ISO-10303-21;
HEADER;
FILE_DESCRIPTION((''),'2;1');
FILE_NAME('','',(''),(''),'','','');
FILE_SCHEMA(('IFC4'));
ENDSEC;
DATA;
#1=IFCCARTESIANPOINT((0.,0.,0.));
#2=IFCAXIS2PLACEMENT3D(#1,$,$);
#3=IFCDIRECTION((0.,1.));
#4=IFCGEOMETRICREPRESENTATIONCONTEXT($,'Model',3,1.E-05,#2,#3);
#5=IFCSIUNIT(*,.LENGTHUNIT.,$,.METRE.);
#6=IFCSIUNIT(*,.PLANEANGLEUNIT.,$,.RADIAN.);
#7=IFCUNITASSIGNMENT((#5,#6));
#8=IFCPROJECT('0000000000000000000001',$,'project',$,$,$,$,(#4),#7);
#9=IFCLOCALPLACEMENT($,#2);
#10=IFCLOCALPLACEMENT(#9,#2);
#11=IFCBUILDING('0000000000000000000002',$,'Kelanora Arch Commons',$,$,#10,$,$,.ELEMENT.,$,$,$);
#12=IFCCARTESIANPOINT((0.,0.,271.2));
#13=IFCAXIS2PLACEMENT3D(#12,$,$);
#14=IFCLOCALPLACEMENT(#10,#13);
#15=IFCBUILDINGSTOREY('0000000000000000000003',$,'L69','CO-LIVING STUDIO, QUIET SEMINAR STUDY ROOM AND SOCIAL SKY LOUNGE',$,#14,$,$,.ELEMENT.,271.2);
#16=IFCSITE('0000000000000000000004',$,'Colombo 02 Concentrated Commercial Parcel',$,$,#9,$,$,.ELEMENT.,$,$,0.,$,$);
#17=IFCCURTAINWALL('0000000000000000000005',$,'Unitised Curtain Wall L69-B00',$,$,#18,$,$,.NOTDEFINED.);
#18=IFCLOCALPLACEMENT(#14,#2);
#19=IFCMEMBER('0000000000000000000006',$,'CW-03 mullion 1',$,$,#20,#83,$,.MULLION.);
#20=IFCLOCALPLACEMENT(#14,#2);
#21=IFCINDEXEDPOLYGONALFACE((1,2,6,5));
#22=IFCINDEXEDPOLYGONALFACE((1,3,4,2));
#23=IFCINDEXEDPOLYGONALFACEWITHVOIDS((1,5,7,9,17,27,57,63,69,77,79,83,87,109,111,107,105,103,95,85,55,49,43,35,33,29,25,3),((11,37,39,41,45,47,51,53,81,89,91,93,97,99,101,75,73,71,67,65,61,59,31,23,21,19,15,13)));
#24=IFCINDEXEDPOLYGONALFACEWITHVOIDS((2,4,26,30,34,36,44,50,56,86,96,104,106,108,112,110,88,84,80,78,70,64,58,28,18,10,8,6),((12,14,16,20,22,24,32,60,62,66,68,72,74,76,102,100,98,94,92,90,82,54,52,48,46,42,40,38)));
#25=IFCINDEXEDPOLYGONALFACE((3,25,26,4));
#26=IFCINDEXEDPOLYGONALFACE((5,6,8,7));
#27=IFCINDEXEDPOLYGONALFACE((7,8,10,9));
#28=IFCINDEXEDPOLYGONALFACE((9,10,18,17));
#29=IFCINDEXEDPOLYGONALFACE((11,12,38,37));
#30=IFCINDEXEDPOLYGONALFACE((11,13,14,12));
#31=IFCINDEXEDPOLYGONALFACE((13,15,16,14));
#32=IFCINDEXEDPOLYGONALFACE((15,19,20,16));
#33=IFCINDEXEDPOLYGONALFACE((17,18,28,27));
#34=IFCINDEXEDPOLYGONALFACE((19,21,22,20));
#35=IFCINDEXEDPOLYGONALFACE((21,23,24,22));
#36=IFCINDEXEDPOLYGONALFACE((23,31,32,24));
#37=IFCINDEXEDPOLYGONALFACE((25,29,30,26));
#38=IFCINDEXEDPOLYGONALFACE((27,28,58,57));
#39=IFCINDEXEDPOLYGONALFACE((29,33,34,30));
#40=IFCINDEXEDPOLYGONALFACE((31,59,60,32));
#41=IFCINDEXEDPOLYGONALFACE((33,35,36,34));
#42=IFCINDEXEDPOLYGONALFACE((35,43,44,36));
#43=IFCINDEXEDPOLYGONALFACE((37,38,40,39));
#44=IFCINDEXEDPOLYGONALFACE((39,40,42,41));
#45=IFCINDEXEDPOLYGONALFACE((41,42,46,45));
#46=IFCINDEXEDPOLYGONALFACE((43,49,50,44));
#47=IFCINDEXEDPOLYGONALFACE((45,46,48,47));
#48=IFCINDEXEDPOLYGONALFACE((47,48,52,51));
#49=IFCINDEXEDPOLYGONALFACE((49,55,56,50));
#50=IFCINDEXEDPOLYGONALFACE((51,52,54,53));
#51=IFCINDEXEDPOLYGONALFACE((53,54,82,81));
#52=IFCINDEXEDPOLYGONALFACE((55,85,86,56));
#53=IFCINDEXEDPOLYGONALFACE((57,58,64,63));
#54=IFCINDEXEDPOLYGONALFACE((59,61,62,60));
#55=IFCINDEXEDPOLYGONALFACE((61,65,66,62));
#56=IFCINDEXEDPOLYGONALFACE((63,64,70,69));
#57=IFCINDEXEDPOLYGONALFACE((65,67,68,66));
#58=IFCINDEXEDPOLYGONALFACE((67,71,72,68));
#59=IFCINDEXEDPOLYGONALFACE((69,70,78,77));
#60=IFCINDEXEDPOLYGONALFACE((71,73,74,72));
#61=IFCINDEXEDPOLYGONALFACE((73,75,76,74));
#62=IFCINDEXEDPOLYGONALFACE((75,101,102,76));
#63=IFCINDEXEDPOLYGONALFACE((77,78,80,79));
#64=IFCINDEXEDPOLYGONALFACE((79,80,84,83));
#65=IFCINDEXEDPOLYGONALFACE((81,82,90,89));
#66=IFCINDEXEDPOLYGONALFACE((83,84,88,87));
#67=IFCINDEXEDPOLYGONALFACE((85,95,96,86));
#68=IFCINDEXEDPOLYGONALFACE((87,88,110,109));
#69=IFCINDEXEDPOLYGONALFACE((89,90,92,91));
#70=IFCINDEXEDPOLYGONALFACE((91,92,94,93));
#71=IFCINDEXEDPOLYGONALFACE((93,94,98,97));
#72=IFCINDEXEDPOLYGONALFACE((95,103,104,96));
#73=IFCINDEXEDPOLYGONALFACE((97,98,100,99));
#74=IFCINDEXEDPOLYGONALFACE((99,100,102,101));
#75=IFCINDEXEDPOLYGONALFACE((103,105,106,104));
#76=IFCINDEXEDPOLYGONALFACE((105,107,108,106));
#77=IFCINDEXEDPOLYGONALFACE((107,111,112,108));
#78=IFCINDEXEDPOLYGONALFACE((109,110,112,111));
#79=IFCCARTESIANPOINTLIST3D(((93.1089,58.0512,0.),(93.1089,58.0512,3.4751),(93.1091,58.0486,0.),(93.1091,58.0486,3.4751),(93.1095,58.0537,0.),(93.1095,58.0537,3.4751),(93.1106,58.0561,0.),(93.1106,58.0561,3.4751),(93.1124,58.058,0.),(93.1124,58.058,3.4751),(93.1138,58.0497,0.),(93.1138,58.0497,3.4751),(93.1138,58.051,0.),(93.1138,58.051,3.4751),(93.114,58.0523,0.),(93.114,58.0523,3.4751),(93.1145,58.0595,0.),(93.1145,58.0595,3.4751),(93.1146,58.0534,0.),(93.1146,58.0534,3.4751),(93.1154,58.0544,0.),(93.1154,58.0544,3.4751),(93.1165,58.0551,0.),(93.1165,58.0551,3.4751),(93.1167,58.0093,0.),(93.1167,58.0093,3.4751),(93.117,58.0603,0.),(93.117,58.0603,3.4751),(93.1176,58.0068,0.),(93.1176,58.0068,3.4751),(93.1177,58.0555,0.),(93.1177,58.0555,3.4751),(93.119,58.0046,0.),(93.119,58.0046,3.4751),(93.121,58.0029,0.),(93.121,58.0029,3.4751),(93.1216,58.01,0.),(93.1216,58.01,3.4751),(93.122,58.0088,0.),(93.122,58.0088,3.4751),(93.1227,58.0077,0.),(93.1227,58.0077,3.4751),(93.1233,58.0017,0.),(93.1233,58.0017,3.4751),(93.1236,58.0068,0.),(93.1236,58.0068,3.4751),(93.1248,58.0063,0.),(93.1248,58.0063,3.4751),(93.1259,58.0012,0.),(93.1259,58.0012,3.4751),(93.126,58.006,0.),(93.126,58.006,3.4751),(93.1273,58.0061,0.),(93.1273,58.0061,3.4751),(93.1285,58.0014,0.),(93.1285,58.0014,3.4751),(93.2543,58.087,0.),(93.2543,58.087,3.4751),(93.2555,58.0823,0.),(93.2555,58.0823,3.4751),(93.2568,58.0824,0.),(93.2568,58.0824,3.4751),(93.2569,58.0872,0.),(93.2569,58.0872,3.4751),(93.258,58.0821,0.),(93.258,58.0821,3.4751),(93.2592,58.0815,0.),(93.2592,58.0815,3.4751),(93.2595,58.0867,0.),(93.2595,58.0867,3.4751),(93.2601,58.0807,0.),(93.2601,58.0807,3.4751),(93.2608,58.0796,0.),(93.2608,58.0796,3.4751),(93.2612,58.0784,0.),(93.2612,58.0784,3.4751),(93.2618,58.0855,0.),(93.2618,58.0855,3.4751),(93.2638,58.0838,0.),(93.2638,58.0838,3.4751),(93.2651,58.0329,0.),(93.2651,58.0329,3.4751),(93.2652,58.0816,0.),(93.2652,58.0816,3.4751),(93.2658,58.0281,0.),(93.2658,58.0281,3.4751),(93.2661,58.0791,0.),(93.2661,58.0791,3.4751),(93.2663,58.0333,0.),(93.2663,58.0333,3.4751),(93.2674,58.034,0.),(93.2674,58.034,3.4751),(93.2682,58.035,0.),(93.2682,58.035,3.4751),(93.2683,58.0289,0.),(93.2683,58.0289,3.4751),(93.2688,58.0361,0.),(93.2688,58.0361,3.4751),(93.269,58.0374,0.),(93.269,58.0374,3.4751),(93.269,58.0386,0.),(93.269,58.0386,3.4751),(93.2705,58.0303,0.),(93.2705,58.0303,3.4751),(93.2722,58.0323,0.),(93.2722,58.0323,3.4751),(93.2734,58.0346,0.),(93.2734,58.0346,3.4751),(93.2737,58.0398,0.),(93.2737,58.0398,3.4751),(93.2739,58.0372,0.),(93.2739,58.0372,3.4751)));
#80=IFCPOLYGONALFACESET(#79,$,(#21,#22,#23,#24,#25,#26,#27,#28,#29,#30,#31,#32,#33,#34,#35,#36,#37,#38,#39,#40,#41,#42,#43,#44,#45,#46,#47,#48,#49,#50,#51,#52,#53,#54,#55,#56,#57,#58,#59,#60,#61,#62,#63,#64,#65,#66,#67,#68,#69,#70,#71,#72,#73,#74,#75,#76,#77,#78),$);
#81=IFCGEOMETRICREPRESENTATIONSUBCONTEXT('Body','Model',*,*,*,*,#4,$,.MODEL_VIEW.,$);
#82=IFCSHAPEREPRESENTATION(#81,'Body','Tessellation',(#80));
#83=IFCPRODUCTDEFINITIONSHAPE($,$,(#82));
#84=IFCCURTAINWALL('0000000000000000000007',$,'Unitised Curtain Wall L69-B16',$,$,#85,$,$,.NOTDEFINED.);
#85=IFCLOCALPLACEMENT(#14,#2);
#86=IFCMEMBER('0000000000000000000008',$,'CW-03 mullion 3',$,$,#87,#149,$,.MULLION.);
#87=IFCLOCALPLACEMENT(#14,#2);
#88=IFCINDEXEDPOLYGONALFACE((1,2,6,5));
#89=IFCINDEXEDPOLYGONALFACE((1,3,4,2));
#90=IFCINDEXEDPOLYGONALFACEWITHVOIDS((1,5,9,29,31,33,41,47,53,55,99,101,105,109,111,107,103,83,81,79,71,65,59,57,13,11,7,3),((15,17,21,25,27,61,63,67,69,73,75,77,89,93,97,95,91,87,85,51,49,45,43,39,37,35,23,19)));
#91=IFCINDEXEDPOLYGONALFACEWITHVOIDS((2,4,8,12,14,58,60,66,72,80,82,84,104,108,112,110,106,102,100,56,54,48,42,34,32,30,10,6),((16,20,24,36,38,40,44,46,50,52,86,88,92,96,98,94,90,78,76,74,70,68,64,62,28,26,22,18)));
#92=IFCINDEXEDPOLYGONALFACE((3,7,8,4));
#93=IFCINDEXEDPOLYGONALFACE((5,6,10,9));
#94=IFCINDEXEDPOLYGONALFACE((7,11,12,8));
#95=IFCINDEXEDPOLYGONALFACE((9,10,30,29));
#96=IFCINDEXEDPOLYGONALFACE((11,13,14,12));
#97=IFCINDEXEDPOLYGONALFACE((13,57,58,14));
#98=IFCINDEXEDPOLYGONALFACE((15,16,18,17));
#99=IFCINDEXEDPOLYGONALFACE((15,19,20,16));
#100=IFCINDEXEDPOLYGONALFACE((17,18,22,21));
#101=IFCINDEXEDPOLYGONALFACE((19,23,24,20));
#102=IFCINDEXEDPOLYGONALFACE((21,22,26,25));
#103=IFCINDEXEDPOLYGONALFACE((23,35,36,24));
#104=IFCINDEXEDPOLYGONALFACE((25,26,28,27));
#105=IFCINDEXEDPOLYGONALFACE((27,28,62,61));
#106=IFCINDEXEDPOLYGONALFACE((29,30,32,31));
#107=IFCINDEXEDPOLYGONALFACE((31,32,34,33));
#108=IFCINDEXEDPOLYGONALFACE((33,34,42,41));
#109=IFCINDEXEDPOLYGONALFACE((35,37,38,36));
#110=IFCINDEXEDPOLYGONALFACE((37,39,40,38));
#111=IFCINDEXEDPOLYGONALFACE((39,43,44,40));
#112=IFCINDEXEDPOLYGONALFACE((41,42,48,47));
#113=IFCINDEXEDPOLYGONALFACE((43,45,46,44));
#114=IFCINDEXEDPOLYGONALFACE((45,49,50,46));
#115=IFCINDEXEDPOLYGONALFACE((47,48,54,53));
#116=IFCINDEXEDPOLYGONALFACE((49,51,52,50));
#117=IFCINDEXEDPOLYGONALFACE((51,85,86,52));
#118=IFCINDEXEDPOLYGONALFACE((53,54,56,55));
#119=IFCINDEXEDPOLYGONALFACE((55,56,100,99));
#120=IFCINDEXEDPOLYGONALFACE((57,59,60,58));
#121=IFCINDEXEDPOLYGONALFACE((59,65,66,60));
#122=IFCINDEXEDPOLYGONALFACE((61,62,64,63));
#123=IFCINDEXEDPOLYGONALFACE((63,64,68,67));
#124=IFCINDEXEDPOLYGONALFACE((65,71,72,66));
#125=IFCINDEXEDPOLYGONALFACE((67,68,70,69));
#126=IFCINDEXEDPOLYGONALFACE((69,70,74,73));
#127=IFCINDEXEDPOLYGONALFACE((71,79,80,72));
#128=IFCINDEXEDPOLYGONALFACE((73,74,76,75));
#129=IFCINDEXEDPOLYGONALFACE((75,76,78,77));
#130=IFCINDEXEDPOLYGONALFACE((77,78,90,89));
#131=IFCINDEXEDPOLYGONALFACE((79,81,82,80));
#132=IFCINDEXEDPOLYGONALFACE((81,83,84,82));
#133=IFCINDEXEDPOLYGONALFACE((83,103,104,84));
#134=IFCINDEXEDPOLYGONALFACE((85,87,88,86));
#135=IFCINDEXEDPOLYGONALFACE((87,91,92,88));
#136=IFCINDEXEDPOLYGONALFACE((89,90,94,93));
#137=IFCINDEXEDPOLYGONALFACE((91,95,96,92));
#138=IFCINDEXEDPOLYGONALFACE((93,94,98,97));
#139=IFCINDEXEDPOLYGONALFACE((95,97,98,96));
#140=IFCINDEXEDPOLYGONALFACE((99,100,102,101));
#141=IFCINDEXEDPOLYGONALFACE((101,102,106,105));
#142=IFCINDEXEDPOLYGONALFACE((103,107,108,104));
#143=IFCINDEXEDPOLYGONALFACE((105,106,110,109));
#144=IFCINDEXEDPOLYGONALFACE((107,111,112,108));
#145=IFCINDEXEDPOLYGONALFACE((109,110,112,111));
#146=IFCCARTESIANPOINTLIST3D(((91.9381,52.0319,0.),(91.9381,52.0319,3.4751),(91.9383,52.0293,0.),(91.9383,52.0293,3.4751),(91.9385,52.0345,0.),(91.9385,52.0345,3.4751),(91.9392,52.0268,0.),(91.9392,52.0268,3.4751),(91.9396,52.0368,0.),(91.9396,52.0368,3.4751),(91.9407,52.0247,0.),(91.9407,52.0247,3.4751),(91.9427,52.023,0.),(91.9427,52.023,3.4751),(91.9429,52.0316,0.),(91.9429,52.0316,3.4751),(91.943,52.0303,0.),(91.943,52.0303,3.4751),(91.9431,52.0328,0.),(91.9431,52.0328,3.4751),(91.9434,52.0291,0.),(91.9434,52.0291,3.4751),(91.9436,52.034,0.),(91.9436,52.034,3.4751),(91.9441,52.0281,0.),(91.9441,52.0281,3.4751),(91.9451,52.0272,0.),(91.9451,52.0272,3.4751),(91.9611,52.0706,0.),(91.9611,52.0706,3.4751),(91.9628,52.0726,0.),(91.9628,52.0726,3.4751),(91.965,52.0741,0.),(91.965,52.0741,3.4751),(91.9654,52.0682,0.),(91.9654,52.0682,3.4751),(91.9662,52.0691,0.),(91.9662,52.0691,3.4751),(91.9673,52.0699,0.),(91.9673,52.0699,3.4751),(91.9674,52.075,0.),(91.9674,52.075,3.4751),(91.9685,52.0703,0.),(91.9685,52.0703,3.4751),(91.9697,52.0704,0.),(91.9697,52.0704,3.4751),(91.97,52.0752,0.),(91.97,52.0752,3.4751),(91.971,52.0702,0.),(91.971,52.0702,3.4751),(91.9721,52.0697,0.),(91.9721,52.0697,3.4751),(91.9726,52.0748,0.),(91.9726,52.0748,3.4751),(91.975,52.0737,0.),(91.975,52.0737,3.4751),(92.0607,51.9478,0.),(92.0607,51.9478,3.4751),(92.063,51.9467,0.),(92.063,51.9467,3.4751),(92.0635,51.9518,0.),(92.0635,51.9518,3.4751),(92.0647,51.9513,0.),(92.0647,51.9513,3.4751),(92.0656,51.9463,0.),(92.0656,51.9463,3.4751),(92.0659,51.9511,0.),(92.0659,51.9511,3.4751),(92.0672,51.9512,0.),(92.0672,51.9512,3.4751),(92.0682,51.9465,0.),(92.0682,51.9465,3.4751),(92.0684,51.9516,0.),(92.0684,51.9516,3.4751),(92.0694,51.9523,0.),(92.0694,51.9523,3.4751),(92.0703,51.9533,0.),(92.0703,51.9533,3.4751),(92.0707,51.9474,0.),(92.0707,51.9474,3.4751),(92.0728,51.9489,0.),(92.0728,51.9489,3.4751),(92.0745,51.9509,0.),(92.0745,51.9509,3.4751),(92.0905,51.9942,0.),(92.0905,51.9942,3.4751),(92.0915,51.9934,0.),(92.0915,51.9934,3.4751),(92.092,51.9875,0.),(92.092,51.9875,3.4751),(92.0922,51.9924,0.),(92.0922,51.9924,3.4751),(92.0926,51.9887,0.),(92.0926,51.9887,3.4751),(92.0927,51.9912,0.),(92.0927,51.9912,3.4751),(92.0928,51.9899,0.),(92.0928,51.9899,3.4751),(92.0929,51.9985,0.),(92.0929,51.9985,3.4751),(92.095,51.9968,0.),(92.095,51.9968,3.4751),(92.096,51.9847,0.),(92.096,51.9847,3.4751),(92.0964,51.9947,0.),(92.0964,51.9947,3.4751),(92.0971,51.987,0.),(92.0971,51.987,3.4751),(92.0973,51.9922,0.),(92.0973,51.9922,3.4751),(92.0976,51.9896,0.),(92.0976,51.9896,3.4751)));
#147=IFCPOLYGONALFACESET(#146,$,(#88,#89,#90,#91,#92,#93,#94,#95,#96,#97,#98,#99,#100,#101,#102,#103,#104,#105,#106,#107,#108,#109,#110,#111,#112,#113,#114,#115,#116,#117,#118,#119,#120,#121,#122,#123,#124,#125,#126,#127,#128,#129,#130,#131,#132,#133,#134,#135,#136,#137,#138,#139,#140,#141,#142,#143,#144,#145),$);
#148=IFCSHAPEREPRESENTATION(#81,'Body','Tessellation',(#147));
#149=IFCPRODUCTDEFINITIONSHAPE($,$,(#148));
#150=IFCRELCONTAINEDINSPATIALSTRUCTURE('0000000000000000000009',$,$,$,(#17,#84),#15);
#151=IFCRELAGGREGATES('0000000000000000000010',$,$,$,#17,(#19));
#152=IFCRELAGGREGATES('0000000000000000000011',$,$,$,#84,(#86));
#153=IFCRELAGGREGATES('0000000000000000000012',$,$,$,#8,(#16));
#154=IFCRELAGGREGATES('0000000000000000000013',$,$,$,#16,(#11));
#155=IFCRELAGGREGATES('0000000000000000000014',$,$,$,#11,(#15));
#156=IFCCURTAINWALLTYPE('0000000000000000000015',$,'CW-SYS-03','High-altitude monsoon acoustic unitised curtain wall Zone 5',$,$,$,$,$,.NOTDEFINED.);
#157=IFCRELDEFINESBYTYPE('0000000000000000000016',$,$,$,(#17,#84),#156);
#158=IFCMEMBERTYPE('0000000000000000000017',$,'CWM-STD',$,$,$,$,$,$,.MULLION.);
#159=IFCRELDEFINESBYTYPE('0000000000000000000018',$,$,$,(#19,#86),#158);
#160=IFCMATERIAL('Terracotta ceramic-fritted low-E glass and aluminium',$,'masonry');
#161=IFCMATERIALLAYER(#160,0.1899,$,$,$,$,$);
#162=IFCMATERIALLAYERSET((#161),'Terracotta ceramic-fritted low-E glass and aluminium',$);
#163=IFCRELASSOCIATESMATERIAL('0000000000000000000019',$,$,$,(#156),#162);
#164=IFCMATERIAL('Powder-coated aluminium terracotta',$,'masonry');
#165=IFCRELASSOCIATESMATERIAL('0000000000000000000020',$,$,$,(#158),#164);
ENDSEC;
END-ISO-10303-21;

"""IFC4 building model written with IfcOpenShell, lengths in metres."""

from ifc_helpers import new_model, si_unit, direction, frame, origin, origin_2d, place, context, subcontext, project, spatial, hollow_rectangle, extrude, material, layer, layer_set, material_profile, profile_set, type_object, element, aggregate, save


model = new_model("IFC4")

# Units and contexts
model_context = context("Model", 3, precision=1e-05, world=origin(), true_north=direction((0.0, 1.0)))
body_context = subcontext(model_context, "Body", "Model", "MODEL_VIEW")
ifc_project = project(units=[si_unit("LENGTHUNIT", "METRE"), si_unit("PLANEANGLEUNIT", "RADIAN")], contexts=[model_context])

# Site, building, storey
site_placement = place(None, origin())
site = spatial("IfcSite", under=ifc_project, at=site_placement, Name="Colombo 02 Concentrated Commercial Parcel", CompositionType="ELEMENT", RefElevation=0.0)
building_placement = place(site_placement, origin())
building = spatial("IfcBuilding", under=site, at=building_placement, Name="Kelanora Arch Commons", CompositionType="ELEMENT")
storey_placement = place(building_placement, frame((0.0, 0.0, 271.2)))
storey = spatial("IfcBuildingStorey", under=building, at=storey_placement, Name="L69", Description="CO-LIVING STUDIO, QUIET SEMINAR STUDY ROOM AND SOCIAL SKY LOUNGE", CompositionType="ELEMENT", Elevation=271.2)

# Curtain walls, members
ifc_material_1 = material(Name="Terracotta ceramic-fritted low-E glass and aluminium", Category="masonry")
ifc_layer_1 = layer(ifc_material_1, 0.1899)
ifc_layer_set_1 = layer_set([ifc_layer_1], Name="Terracotta ceramic-fritted low-E glass and aluminium")
curtain_wall_type = type_object("IfcCurtainWallType", Name="CW-SYS-03", Description="High-altitude monsoon acoustic unitised curtain wall Zone 5", PredefinedType="NOTDEFINED", material=ifc_layer_set_1)
curtain_wall_1_placement = place(storey_placement, origin())
curtain_wall_1 = element("IfcCurtainWall", 1, at=curtain_wall_1_placement, inside=storey, type_object=curtain_wall_type, Name="Unitised Curtain Wall L69-B00", PredefinedType="NOTDEFINED")
ifc_material_2 = material(Name="Powder-coated aluminium terracotta", Category="masonry")
ifc_material_profile_1 = material_profile(ifc_material_2, hollow_rectangle(XDim=0.1599, YDim=0.0601, WallThickness=0.0049, InnerFilletRadius=0.0049, OuterFilletRadius=0.01, at=origin_2d()), Name="CWM160x60")
ifc_profile_set_1 = profile_set([ifc_material_profile_1], Name="Powder-coated aluminium terracotta")
member_type_1 = type_object("IfcMemberType", Name="CWM-STD", PredefinedType="MULLION", material=ifc_profile_set_1)
member_1_placement = place(storey_placement, frame((93.1914, 58.0442, 0.0), z_axis=(0.0, 0.0, 1.0), x_axis=(-0.981596, -0.190972, 0.0)))
member_1 = element("IfcMember", 2, at=member_1_placement, type_object=member_type_1, Name="CW-03 mullion 1", PredefinedType="MULLION", context=body_context, shape_type="SweptSolid", body=[
    extrude(hollow_rectangle(XDim=0.1599, YDim=0.0601, WallThickness=0.0049, InnerFilletRadius=0.0049, OuterFilletRadius=0.01, at=origin_2d()), origin(), (0.0, 0.0, 1.0), 3.4751),
])
curtain_wall_2_placement = place(storey_placement, origin())
curtain_wall_2 = element("IfcCurtainWall", 3, at=curtain_wall_2_placement, inside=storey, type_object=curtain_wall_type, Name="Unitised Curtain Wall L69-B16", PredefinedType="NOTDEFINED")
member_2_placement = place(storey_placement, frame((92.0178, 52.0107, 0.0), z_axis=(0.0, 0.0, 1.0), x_axis=(-0.843391, 0.5373, 0.0)))
member_2 = element("IfcMember", 4, at=member_2_placement, type_object=member_type_1, Name="CW-03 mullion 3", PredefinedType="MULLION", context=body_context, shape_type="SweptSolid", body=[
    extrude(hollow_rectangle(XDim=0.1599, YDim=0.0601, WallThickness=0.0049, InnerFilletRadius=0.0049, OuterFilletRadius=0.01, at=origin_2d()), origin(), (0.0, 0.0, 1.0), 3.4751),
])

aggregate(curtain_wall_1, [member_1])

aggregate(curtain_wall_2, [member_2])

save(model, "model.ifc")
